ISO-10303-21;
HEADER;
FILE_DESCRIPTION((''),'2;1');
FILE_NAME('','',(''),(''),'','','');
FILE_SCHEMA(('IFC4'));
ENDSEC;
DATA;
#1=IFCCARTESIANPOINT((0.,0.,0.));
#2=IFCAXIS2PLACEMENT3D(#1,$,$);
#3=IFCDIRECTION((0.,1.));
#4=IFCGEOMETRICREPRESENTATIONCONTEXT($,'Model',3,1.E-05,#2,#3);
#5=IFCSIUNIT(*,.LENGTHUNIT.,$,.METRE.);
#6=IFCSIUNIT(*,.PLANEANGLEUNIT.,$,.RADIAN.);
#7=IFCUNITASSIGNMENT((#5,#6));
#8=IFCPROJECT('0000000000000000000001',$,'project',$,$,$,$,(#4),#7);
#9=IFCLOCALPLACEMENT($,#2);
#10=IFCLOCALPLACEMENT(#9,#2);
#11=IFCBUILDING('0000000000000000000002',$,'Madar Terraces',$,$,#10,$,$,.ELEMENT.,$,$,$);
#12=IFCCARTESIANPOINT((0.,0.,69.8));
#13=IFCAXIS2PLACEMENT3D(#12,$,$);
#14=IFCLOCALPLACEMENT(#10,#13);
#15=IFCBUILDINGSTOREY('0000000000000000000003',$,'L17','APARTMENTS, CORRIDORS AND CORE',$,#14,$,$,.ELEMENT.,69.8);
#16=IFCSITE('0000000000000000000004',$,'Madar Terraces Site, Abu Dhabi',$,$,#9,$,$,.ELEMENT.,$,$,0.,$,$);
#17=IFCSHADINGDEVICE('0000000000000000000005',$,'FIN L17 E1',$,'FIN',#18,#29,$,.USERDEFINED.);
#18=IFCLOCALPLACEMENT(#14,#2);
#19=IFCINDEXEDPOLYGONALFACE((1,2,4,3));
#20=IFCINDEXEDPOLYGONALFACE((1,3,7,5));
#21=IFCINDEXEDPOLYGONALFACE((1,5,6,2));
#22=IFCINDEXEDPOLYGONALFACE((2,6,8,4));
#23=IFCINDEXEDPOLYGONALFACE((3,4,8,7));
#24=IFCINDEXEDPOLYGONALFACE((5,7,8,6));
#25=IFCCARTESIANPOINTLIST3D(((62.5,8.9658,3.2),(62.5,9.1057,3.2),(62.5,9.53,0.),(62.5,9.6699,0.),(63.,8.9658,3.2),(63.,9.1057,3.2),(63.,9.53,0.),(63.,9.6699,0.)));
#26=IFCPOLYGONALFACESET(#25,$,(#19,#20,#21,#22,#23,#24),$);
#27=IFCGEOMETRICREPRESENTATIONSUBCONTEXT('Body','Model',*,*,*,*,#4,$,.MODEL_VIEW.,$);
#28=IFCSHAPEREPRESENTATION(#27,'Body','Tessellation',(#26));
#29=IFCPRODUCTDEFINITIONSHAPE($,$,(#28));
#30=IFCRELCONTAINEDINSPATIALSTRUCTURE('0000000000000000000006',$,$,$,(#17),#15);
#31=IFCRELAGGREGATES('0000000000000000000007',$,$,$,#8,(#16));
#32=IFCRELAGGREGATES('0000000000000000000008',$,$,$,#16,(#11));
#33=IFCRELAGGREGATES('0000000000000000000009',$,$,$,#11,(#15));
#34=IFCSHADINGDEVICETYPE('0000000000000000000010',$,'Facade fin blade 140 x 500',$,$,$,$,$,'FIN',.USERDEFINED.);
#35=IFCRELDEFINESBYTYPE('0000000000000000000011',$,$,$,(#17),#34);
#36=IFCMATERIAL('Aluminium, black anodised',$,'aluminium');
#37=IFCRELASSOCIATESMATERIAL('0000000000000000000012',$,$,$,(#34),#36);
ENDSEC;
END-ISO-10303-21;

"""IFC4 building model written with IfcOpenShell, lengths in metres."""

from ifc_helpers import new_model, si_unit, direction, frame, origin, place, context, subcontext, project, spatial, polyline, outline, extrude, material, type_object, element, save


model = new_model("IFC4")

# Units and contexts
model_context = context("Model", 3, precision=1e-05, world=origin(), true_north=direction((0.0, 1.0)))
body_context = subcontext(model_context, "Body", "Model", "MODEL_VIEW")
ifc_project = project(units=[si_unit("LENGTHUNIT", "METRE"), si_unit("PLANEANGLEUNIT", "RADIAN")], contexts=[model_context])

# Site, building, storey
site_placement = place(None, origin())
site = spatial("IfcSite", under=ifc_project, at=site_placement, Name="Madar Terraces Site, Abu Dhabi", CompositionType="ELEMENT", RefElevation=0.0)
building_placement = place(site_placement, origin())
building = spatial("IfcBuilding", under=site, at=building_placement, Name="Madar Terraces", CompositionType="ELEMENT")
storey_placement = place(building_placement, frame((0.0, 0.0, 69.8)))
storey = spatial("IfcBuildingStorey", under=building, at=storey_placement, Name="L17", Description="APARTMENTS, CORRIDORS AND CORE", CompositionType="ELEMENT", Elevation=69.8)

# Shading device
ifc_material_1 = material(Name="Aluminium, black anodised", Category="aluminium")
shading_device_type = type_object("IfcShadingDeviceType", Name="Facade fin blade 140 x 500", ElementType="FIN", PredefinedType="USERDEFINED", material=ifc_material_1)
shading_device_1_placement = place(storey_placement, frame((62.75, 9.53, 0.0), z_axis=(0.0, 0.0, 1.0), x_axis=(0.0, 1.0, 0.0)))
element("IfcShadingDevice", 1, at=shading_device_1_placement, inside=storey, type_object=shading_device_type, Name="FIN L17 E1", ObjectType="FIN", PredefinedType="USERDEFINED", context=body_context, shape_type="SweptSolid", body=[
    extrude(outline(polyline([(0.0, 0.0), (0.1399, 0.0), (-0.4243, 3.2), (-0.5642, 3.2), (0.0, 0.0)])), frame((0.0, 0.25, 0.0), z_axis=(0.0, -1.0, 0.0), x_axis=(1.0, 0.0, 0.0)), (0.0, 0.0, 1.0), 0.5),
])

save(model, "model.ifc")
